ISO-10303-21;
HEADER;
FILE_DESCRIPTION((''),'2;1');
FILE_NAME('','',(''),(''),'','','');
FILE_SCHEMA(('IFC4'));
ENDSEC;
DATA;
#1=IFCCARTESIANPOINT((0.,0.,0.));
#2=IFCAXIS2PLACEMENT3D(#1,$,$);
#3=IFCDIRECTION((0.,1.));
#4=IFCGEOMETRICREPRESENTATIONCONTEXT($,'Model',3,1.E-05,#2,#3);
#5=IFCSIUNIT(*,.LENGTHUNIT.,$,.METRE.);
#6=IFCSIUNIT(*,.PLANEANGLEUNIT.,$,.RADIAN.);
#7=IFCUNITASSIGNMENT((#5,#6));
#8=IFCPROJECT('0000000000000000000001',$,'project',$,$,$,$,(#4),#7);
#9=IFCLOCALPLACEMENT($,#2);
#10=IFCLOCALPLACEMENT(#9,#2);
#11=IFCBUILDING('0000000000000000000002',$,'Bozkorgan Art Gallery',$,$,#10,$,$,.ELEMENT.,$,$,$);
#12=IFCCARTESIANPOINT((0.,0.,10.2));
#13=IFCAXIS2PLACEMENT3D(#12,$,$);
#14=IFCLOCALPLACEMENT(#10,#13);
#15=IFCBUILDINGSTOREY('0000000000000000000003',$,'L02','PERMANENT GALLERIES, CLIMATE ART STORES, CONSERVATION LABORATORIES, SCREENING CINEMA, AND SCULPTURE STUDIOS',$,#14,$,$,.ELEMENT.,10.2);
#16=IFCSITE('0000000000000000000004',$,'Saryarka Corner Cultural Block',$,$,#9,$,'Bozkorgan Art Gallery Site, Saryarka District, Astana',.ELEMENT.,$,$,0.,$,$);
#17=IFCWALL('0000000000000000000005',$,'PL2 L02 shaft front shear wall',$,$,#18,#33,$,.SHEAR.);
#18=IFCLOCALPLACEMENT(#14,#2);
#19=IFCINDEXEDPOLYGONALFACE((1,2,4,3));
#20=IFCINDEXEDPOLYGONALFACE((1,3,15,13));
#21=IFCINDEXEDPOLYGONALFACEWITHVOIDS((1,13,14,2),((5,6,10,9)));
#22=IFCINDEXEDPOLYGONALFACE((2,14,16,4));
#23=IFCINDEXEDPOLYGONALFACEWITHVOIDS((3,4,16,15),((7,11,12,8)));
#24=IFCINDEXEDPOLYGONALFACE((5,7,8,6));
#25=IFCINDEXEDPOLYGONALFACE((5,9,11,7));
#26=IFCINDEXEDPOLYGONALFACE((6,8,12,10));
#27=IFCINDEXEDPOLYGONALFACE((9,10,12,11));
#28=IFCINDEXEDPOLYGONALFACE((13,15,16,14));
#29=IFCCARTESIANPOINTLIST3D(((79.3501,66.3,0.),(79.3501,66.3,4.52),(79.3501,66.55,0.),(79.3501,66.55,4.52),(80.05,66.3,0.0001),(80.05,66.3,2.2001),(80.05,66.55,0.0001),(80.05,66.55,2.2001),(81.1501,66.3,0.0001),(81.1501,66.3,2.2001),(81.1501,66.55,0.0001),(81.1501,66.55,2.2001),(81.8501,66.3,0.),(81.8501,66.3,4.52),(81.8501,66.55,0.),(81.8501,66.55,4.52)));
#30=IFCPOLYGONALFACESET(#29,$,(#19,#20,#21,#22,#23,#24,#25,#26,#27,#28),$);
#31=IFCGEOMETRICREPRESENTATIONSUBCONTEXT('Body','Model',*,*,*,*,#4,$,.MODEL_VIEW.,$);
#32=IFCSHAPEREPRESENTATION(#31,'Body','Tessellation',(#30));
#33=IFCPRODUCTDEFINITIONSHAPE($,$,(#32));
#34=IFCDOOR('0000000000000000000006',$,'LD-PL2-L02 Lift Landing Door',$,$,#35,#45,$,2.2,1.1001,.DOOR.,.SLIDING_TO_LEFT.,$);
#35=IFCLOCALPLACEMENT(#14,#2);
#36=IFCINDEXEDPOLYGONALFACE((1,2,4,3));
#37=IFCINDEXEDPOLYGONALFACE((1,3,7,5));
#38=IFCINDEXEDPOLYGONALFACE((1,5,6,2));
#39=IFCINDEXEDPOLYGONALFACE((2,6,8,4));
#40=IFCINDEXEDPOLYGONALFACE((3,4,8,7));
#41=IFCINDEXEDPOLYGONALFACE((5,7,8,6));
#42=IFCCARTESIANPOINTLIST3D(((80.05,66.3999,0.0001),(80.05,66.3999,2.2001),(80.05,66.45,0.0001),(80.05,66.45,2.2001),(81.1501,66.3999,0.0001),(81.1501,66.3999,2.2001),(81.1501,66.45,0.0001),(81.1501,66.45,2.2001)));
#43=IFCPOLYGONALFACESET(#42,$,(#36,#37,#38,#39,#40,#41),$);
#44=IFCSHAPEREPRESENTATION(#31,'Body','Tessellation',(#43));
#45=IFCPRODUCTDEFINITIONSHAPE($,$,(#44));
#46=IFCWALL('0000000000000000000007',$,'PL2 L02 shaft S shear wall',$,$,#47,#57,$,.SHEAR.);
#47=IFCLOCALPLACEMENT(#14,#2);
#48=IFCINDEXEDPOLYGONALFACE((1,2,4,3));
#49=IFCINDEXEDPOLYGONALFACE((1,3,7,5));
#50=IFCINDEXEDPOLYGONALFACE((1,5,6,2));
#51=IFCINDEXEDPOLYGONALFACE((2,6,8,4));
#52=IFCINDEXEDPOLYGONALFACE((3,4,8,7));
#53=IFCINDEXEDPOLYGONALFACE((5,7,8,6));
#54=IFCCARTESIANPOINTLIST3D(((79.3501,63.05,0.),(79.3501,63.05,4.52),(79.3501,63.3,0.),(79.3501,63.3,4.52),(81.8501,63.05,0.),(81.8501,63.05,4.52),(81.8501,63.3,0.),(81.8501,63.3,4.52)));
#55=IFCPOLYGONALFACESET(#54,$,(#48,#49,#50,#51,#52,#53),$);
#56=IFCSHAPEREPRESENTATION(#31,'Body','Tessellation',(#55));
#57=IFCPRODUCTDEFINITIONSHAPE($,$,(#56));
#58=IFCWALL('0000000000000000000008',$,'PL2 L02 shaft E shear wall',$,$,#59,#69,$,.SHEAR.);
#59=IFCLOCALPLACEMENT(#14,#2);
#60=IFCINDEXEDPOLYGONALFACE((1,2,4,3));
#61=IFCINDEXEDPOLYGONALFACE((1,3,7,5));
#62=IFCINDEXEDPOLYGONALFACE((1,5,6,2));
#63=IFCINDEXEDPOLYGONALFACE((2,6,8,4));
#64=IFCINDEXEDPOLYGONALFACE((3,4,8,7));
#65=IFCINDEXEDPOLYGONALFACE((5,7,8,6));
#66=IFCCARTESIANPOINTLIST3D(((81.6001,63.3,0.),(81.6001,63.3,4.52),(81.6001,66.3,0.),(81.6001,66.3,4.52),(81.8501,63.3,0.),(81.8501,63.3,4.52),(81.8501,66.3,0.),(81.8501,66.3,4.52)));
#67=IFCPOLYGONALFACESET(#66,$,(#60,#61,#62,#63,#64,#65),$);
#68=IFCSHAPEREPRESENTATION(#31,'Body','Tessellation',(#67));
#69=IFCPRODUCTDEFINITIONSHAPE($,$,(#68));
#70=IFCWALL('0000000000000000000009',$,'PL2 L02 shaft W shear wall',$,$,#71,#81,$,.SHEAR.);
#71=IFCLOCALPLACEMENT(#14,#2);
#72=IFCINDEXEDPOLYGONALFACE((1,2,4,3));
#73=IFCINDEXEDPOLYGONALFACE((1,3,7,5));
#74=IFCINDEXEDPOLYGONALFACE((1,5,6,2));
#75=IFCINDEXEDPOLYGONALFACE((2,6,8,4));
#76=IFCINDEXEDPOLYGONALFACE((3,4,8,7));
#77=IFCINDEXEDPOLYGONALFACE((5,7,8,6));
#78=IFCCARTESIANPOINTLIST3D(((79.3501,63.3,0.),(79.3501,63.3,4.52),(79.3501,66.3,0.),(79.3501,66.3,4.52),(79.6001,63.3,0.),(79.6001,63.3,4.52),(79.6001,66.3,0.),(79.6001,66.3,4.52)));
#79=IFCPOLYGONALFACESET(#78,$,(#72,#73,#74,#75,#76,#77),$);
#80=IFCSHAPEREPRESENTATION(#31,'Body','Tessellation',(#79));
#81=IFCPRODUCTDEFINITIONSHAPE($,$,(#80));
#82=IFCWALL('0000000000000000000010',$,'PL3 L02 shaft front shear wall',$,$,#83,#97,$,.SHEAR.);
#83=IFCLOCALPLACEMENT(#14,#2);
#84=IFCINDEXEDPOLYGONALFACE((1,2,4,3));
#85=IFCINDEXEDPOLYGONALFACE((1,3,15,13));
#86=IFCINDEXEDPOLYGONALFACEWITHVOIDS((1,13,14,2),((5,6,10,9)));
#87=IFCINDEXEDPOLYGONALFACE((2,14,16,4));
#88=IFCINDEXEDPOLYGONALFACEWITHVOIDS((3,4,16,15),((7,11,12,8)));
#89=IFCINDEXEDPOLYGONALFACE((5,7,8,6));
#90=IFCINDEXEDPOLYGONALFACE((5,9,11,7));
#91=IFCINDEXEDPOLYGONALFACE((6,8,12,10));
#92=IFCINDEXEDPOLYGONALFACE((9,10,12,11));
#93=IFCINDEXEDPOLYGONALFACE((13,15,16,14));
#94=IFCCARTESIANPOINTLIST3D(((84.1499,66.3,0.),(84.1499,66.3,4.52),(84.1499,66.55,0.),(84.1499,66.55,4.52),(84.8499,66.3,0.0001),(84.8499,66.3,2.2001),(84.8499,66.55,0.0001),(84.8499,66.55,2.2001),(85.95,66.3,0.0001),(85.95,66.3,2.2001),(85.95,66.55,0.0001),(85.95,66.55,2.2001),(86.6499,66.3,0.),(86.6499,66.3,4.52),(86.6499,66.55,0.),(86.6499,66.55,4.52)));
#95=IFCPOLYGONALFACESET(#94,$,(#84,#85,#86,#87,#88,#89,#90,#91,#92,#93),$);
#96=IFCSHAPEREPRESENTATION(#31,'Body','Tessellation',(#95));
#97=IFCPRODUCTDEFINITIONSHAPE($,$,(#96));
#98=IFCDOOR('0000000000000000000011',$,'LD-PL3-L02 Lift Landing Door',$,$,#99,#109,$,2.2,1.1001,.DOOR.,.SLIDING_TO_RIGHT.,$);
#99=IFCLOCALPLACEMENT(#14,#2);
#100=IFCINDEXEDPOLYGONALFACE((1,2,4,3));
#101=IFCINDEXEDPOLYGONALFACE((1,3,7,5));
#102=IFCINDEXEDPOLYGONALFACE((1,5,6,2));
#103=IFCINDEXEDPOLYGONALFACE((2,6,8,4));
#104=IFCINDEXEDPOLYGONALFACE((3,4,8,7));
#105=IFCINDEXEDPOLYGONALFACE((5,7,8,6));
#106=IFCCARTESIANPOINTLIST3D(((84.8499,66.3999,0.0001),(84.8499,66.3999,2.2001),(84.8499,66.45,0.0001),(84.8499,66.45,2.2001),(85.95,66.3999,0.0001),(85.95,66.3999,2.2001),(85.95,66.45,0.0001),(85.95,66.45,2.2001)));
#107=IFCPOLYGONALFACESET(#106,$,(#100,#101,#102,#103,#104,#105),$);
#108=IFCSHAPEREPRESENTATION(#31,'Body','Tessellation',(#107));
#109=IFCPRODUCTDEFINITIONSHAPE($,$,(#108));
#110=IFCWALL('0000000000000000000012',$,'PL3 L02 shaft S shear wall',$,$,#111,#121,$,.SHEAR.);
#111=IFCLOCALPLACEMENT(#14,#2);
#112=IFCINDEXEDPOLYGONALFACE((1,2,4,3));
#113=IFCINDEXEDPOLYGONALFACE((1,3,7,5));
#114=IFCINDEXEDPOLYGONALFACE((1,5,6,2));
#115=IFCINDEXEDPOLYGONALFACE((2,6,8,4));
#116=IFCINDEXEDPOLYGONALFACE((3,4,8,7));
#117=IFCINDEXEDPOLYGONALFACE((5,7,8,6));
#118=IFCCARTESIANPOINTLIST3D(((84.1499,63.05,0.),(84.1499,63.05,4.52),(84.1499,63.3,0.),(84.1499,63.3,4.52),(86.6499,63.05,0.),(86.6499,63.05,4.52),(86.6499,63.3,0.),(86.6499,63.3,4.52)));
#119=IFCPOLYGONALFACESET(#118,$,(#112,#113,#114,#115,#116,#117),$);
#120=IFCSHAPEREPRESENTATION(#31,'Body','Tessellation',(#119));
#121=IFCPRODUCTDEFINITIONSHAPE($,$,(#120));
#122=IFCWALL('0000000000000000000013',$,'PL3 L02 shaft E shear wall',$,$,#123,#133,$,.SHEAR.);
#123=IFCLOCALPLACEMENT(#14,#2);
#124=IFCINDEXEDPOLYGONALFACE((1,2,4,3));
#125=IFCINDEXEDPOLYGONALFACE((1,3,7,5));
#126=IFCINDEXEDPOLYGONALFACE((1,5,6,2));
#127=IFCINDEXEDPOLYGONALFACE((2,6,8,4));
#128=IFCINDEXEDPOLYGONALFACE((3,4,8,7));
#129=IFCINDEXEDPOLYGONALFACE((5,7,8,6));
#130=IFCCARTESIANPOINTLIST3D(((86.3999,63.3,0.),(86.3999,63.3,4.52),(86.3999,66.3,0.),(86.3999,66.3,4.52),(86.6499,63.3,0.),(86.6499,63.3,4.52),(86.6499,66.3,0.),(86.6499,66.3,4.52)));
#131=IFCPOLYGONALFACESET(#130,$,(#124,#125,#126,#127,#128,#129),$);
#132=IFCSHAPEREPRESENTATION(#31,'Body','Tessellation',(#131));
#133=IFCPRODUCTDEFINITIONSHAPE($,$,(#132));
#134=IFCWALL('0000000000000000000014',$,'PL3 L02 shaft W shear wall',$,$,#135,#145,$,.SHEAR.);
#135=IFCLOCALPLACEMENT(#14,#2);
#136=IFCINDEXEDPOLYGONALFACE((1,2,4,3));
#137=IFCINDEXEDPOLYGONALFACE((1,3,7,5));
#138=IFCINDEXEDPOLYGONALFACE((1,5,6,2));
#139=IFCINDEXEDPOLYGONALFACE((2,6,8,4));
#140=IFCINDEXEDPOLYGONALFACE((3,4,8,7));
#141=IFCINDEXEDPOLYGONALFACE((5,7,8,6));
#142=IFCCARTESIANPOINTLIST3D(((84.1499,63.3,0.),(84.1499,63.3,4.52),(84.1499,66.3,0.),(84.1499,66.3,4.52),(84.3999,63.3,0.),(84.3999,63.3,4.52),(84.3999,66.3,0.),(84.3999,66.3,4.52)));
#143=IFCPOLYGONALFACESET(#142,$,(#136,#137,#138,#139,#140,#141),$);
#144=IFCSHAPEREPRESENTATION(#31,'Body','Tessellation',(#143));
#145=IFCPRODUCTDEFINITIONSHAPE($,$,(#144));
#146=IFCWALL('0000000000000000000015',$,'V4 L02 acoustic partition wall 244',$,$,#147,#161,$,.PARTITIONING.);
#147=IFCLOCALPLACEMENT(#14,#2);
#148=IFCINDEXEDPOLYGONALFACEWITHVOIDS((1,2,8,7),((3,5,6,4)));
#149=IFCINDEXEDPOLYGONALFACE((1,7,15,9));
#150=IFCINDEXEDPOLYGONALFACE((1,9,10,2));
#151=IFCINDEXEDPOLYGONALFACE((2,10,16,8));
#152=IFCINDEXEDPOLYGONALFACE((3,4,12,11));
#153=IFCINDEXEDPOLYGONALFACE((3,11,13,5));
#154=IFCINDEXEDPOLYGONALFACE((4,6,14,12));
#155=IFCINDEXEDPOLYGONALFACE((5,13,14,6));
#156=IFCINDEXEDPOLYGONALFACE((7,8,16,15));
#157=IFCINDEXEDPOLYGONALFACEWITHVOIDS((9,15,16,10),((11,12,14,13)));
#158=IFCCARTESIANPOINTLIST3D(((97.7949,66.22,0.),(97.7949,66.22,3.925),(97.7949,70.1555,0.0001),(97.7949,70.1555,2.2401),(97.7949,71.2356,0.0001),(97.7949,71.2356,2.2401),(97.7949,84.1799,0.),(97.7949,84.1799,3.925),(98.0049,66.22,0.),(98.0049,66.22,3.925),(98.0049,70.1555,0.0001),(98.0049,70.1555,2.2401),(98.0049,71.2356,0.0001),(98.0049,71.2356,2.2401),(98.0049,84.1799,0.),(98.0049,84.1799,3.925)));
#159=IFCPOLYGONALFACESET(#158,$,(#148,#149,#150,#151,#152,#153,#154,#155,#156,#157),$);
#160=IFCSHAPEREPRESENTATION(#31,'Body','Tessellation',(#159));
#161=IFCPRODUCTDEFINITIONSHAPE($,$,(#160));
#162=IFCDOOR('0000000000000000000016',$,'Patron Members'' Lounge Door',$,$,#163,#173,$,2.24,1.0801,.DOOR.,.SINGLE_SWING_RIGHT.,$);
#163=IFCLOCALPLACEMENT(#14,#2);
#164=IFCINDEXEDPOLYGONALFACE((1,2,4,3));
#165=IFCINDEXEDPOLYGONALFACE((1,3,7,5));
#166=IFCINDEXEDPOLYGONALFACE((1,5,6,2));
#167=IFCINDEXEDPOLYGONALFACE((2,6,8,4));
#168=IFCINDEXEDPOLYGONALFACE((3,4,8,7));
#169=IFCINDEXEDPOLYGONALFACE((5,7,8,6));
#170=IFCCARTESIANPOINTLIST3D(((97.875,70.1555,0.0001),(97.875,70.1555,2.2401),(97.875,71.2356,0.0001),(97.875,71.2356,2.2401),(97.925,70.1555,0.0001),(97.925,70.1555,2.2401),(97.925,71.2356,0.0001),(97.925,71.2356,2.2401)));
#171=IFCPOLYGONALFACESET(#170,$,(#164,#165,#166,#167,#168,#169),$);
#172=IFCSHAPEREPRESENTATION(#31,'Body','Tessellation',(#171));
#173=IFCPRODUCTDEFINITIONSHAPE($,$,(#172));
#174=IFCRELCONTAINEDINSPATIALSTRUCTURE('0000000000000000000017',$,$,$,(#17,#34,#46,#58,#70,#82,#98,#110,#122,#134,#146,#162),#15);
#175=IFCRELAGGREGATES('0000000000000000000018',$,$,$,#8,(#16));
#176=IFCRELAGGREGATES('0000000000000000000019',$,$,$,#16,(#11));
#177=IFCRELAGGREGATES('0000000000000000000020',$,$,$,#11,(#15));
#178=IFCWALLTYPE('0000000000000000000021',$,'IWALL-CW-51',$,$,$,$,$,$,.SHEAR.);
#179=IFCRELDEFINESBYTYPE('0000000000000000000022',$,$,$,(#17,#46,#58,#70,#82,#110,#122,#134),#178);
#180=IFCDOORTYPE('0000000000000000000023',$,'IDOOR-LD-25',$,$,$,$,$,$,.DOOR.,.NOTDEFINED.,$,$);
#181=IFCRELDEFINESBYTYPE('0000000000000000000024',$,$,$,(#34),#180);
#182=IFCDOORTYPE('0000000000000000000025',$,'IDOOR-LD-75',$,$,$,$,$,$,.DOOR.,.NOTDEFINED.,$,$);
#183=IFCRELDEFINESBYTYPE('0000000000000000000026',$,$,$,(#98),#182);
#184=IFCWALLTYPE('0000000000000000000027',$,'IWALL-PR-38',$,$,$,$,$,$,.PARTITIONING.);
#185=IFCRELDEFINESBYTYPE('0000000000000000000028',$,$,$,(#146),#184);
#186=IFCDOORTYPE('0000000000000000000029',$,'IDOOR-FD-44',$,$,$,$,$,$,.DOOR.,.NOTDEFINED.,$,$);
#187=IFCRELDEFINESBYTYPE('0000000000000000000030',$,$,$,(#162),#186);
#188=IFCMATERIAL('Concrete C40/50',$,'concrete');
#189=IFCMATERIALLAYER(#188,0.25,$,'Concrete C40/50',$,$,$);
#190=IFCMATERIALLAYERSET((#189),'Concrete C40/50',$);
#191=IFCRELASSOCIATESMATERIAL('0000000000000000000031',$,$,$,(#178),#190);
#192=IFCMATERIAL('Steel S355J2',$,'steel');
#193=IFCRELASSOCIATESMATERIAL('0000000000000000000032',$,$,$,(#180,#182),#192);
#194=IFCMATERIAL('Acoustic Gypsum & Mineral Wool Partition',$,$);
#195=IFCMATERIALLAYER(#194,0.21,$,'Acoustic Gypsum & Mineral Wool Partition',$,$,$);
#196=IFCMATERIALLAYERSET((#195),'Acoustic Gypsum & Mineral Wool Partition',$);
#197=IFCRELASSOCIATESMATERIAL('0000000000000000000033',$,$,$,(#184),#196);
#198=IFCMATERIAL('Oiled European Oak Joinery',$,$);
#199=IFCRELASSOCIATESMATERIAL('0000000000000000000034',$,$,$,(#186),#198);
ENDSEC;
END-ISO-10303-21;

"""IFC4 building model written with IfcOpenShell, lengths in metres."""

from ifc_helpers import new_model, si_unit, direction, frame, frame_2d, origin, place, context, subcontext, project, spatial, rectangle, extrude, material, layer, layer_set, type_object, element, fill, save


model = new_model("IFC4")

# Units and contexts
model_context = context("Model", 3, precision=1e-05, world=origin(), true_north=direction((0.0, 1.0)))
body_context = subcontext(model_context, "Body", "Model", "MODEL_VIEW")
ifc_project = project(units=[si_unit("LENGTHUNIT", "METRE"), si_unit("PLANEANGLEUNIT", "RADIAN")], contexts=[model_context])

# Site, building, storey
site_placement = place(None, origin())
site = spatial("IfcSite", under=ifc_project, at=site_placement, Name="Saryarka Corner Cultural Block", LongName="Bozkorgan Art Gallery Site, Saryarka District, Astana", CompositionType="ELEMENT", RefElevation=0.0)
building_placement = place(site_placement, origin())
building = spatial("IfcBuilding", under=site, at=building_placement, Name="Bozkorgan Art Gallery", CompositionType="ELEMENT")
storey_placement = place(building_placement, frame((0.0, 0.0, 10.2)))
storey = spatial("IfcBuildingStorey", under=building, at=storey_placement, Name="L02", Description="PERMANENT GALLERIES, CLIMATE ART STORES, CONSERVATION LABORATORIES, SCREENING CINEMA, AND SCULPTURE STUDIOS", CompositionType="ELEMENT", Elevation=10.2)

# Shared definitions
ifc_material_1 = material(Name="Concrete C40/50", Category="concrete")

# Shared definitions
ifc_material_2 = material(Name="Steel S355J2", Category="steel")

# Shared definitions
ifc_layer_1 = layer(ifc_material_1, 0.25, Name="Concrete C40/50")
ifc_layer_set_1 = layer_set([ifc_layer_1], Name="Concrete C40/50")
wall_type_1 = type_object("IfcWallType", Name="IWALL-CW-51", PredefinedType="SHEAR", material=ifc_layer_set_1)

# Wall, opening, door
wall_1_placement = place(storey_placement, frame((79.3501, 66.425, 0.0), z_axis=(0.0, 0.0, 1.0), x_axis=(1.0, 0.0, 0.0)))
wall_1 = element("IfcWall", 1, at=wall_1_placement, inside=storey, type_object=wall_type_1, Name="PL2 L02 shaft front shear wall", PredefinedType="SHEAR", context=body_context, shape_type="SweptSolid", body=[
    extrude(rectangle(XDim=2.5, YDim=0.25, at=frame_2d((1.25, 0.0))), origin(), (0.0, 0.0, 1.0), 4.52),
])
opening_1_placement = place(wall_1_placement, frame((0.7, 0.0, 0.0)))
opening_1 = element("IfcOpeningElement", 2, at=opening_1_placement, cuts=wall_1, PredefinedType="OPENING", context=body_context, shape_type="SweptSolid", body=[
    extrude(rectangle(XDim=1.1001, YDim=2.2, at=frame_2d((0.55, 1.1001))), frame((0.0, 0.135, 0.0), z_axis=(0.0, -1.0, 0.0), x_axis=(1.0, 0.0, 0.0)), (0.0, 0.0, 1.0), 0.27),
])
door_type_1 = type_object("IfcDoorType", Name="IDOOR-LD-25", OperationType="NOTDEFINED", PredefinedType="DOOR", material=ifc_material_2)
door_1_placement = place(opening_1_placement, origin())
door_1 = element("IfcDoor", 3, at=door_1_placement, inside=storey, type_object=door_type_1, Name="LD-PL2-L02 Lift Landing Door", OperationType="SLIDING_TO_LEFT", OverallHeight=2.2, OverallWidth=1.1001, PredefinedType="DOOR", context=body_context, shape_type="SweptSolid", body=[
    extrude(rectangle(XDim=1.1001, YDim=2.2, at=frame_2d((0.55, 1.1001))), frame((0.0, 0.0249, 0.0), z_axis=(0.0, -1.0, 0.0), x_axis=(1.0, 0.0, 0.0)), (0.0, 0.0, 1.0), 0.05),
])
fill(opening_1, door_1)

# Walls
wall_2_placement = place(storey_placement, frame((79.3501, 63.175, 0.0), z_axis=(0.0, 0.0, 1.0), x_axis=(1.0, 0.0, 0.0)))
element("IfcWall", 4, at=wall_2_placement, inside=storey, type_object=wall_type_1, Name="PL2 L02 shaft S shear wall", PredefinedType="SHEAR", context=body_context, shape_type="SweptSolid", body=[
    extrude(rectangle(XDim=2.5, YDim=0.25, at=frame_2d((1.25, 0.0))), origin(), (0.0, 0.0, 1.0), 4.52),
])
for number, where, z_axis, x_axis, name in (
    (5, (81.7251, 63.3, 0.0), (0.0, 0.0, 1.0), (0.0, 1.0, 0.0), "PL2 L02 shaft E shear wall"),
    (6, (79.4751, 63.3, 0.0), (0.0, 0.0, 1.0), (0.0, 1.0, 0.0), "PL2 L02 shaft W shear wall"),
):
    element("IfcWall", number, at=place(storey_placement, frame(where, z_axis=z_axis, x_axis=x_axis)), inside=storey, type_object=wall_type_1, Name=name, PredefinedType="SHEAR", context=body_context, shape_type="SweptSolid", body=[
        extrude(rectangle(XDim=3.0, YDim=0.25, at=frame_2d((1.5, 0.0))), origin(), (0.0, 0.0, 1.0), 4.52),
    ])

# Wall, opening, door
wall_3_placement = place(storey_placement, frame((84.1499, 66.425, 0.0), z_axis=(0.0, 0.0, 1.0), x_axis=(1.0, 0.0, 0.0)))
wall_3 = element("IfcWall", 7, at=wall_3_placement, inside=storey, type_object=wall_type_1, Name="PL3 L02 shaft front shear wall", PredefinedType="SHEAR", context=body_context, shape_type="SweptSolid", body=[
    extrude(rectangle(XDim=2.5, YDim=0.25, at=frame_2d((1.25, 0.0))), origin(), (0.0, 0.0, 1.0), 4.52),
])
opening_2_placement = place(wall_3_placement, frame((0.7, 0.0, 0.0)))
opening_2 = element("IfcOpeningElement", 8, at=opening_2_placement, cuts=wall_3, PredefinedType="OPENING", context=body_context, shape_type="SweptSolid", body=[
    extrude(rectangle(XDim=1.1001, YDim=2.2, at=frame_2d((0.55, 1.1001))), frame((0.0, 0.135, 0.0), z_axis=(0.0, -1.0, 0.0), x_axis=(1.0, 0.0, 0.0)), (0.0, 0.0, 1.0), 0.27),
])
door_type_2 = type_object("IfcDoorType", Name="IDOOR-LD-75", OperationType="NOTDEFINED", PredefinedType="DOOR", material=ifc_material_2)
door_2_placement = place(opening_2_placement, origin())
door_2 = element("IfcDoor", 9, at=door_2_placement, inside=storey, type_object=door_type_2, Name="LD-PL3-L02 Lift Landing Door", OperationType="SLIDING_TO_RIGHT", OverallHeight=2.2, OverallWidth=1.1001, PredefinedType="DOOR", context=body_context, shape_type="SweptSolid", body=[
    extrude(rectangle(XDim=1.1001, YDim=2.2, at=frame_2d((0.55, 1.1001))), frame((0.0, 0.0249, 0.0), z_axis=(0.0, -1.0, 0.0), x_axis=(1.0, 0.0, 0.0)), (0.0, 0.0, 1.0), 0.05),
])
fill(opening_2, door_2)

# Walls
wall_4_placement = place(storey_placement, frame((84.1499, 63.175, 0.0), z_axis=(0.0, 0.0, 1.0), x_axis=(1.0, 0.0, 0.0)))
element("IfcWall", 10, at=wall_4_placement, inside=storey, type_object=wall_type_1, Name="PL3 L02 shaft S shear wall", PredefinedType="SHEAR", context=body_context, shape_type="SweptSolid", body=[
    extrude(rectangle(XDim=2.5, YDim=0.25, at=frame_2d((1.25, 0.0))), origin(), (0.0, 0.0, 1.0), 4.52),
])
for number, where, z_axis, x_axis, name in (
    (11, (86.5249, 63.3, 0.0), (0.0, 0.0, 1.0), (0.0, 1.0, 0.0), "PL3 L02 shaft E shear wall"),
    (12, (84.2749, 63.3, 0.0), (0.0, 0.0, 1.0), (0.0, 1.0, 0.0), "PL3 L02 shaft W shear wall"),
):
    element("IfcWall", number, at=place(storey_placement, frame(where, z_axis=z_axis, x_axis=x_axis)), inside=storey, type_object=wall_type_1, Name=name, PredefinedType="SHEAR", context=body_context, shape_type="SweptSolid", body=[
        extrude(rectangle(XDim=3.0, YDim=0.25, at=frame_2d((1.5, 0.0))), origin(), (0.0, 0.0, 1.0), 4.52),
    ])

# Wall, opening, door
ifc_material_3 = material(Name="Acoustic Gypsum & Mineral Wool Partition")
ifc_layer_2 = layer(ifc_material_3, 0.21, Name="Acoustic Gypsum & Mineral Wool Partition")
ifc_layer_set_2 = layer_set([ifc_layer_2], Name="Acoustic Gypsum & Mineral Wool Partition")
wall_type_2 = type_object("IfcWallType", Name="IWALL-PR-38", PredefinedType="PARTITIONING", material=ifc_layer_set_2)
wall_5_placement = place(storey_placement, frame((97.8999, 66.22, 0.0), z_axis=(0.0, 0.0, 1.0), x_axis=(0.0, 1.0, 0.0)))
wall_5 = element("IfcWall", 13, at=wall_5_placement, inside=storey, type_object=wall_type_2, Name="V4 L02 acoustic partition wall 244", PredefinedType="PARTITIONING", context=body_context, shape_type="SweptSolid", body=[
    extrude(rectangle(XDim=17.96, YDim=0.21, at=frame_2d((8.98, 0.0))), origin(), (0.0, 0.0, 1.0), 3.925),
])
opening_3_placement = place(wall_5_placement, frame((3.9355, 0.0, 0.0)))
opening_3 = element("IfcOpeningElement", 14, at=opening_3_placement, cuts=wall_5, PredefinedType="OPENING", context=body_context, shape_type="SweptSolid", body=[
    extrude(rectangle(XDim=1.0801, YDim=2.24, at=frame_2d((0.54, 1.1201))), frame((0.0, 0.115, 0.0), z_axis=(0.0, -1.0, 0.0), x_axis=(1.0, 0.0, 0.0)), (0.0, 0.0, 1.0), 0.23),
])
ifc_material_4 = material(Name="Oiled European Oak Joinery")
door_type_3 = type_object("IfcDoorType", Name="IDOOR-FD-44", OperationType="NOTDEFINED", PredefinedType="DOOR", material=ifc_material_4)
door_3_placement = place(opening_3_placement, origin())
door_3 = element("IfcDoor", 15, at=door_3_placement, inside=storey, type_object=door_type_3, Name="Patron Members' Lounge Door", OperationType="SINGLE_SWING_RIGHT", OverallHeight=2.24, OverallWidth=1.0801, PredefinedType="DOOR", context=body_context, shape_type="SweptSolid", body=[
    extrude(rectangle(XDim=1.0801, YDim=2.24, at=frame_2d((0.54, 1.1201))), frame((0.0, 0.0249, 0.0), z_axis=(0.0, -1.0, 0.0), x_axis=(1.0, 0.0, 0.0)), (0.0, 0.0, 1.0), 0.05),
])
fill(opening_3, door_3)

save(model, "model.ifc")
